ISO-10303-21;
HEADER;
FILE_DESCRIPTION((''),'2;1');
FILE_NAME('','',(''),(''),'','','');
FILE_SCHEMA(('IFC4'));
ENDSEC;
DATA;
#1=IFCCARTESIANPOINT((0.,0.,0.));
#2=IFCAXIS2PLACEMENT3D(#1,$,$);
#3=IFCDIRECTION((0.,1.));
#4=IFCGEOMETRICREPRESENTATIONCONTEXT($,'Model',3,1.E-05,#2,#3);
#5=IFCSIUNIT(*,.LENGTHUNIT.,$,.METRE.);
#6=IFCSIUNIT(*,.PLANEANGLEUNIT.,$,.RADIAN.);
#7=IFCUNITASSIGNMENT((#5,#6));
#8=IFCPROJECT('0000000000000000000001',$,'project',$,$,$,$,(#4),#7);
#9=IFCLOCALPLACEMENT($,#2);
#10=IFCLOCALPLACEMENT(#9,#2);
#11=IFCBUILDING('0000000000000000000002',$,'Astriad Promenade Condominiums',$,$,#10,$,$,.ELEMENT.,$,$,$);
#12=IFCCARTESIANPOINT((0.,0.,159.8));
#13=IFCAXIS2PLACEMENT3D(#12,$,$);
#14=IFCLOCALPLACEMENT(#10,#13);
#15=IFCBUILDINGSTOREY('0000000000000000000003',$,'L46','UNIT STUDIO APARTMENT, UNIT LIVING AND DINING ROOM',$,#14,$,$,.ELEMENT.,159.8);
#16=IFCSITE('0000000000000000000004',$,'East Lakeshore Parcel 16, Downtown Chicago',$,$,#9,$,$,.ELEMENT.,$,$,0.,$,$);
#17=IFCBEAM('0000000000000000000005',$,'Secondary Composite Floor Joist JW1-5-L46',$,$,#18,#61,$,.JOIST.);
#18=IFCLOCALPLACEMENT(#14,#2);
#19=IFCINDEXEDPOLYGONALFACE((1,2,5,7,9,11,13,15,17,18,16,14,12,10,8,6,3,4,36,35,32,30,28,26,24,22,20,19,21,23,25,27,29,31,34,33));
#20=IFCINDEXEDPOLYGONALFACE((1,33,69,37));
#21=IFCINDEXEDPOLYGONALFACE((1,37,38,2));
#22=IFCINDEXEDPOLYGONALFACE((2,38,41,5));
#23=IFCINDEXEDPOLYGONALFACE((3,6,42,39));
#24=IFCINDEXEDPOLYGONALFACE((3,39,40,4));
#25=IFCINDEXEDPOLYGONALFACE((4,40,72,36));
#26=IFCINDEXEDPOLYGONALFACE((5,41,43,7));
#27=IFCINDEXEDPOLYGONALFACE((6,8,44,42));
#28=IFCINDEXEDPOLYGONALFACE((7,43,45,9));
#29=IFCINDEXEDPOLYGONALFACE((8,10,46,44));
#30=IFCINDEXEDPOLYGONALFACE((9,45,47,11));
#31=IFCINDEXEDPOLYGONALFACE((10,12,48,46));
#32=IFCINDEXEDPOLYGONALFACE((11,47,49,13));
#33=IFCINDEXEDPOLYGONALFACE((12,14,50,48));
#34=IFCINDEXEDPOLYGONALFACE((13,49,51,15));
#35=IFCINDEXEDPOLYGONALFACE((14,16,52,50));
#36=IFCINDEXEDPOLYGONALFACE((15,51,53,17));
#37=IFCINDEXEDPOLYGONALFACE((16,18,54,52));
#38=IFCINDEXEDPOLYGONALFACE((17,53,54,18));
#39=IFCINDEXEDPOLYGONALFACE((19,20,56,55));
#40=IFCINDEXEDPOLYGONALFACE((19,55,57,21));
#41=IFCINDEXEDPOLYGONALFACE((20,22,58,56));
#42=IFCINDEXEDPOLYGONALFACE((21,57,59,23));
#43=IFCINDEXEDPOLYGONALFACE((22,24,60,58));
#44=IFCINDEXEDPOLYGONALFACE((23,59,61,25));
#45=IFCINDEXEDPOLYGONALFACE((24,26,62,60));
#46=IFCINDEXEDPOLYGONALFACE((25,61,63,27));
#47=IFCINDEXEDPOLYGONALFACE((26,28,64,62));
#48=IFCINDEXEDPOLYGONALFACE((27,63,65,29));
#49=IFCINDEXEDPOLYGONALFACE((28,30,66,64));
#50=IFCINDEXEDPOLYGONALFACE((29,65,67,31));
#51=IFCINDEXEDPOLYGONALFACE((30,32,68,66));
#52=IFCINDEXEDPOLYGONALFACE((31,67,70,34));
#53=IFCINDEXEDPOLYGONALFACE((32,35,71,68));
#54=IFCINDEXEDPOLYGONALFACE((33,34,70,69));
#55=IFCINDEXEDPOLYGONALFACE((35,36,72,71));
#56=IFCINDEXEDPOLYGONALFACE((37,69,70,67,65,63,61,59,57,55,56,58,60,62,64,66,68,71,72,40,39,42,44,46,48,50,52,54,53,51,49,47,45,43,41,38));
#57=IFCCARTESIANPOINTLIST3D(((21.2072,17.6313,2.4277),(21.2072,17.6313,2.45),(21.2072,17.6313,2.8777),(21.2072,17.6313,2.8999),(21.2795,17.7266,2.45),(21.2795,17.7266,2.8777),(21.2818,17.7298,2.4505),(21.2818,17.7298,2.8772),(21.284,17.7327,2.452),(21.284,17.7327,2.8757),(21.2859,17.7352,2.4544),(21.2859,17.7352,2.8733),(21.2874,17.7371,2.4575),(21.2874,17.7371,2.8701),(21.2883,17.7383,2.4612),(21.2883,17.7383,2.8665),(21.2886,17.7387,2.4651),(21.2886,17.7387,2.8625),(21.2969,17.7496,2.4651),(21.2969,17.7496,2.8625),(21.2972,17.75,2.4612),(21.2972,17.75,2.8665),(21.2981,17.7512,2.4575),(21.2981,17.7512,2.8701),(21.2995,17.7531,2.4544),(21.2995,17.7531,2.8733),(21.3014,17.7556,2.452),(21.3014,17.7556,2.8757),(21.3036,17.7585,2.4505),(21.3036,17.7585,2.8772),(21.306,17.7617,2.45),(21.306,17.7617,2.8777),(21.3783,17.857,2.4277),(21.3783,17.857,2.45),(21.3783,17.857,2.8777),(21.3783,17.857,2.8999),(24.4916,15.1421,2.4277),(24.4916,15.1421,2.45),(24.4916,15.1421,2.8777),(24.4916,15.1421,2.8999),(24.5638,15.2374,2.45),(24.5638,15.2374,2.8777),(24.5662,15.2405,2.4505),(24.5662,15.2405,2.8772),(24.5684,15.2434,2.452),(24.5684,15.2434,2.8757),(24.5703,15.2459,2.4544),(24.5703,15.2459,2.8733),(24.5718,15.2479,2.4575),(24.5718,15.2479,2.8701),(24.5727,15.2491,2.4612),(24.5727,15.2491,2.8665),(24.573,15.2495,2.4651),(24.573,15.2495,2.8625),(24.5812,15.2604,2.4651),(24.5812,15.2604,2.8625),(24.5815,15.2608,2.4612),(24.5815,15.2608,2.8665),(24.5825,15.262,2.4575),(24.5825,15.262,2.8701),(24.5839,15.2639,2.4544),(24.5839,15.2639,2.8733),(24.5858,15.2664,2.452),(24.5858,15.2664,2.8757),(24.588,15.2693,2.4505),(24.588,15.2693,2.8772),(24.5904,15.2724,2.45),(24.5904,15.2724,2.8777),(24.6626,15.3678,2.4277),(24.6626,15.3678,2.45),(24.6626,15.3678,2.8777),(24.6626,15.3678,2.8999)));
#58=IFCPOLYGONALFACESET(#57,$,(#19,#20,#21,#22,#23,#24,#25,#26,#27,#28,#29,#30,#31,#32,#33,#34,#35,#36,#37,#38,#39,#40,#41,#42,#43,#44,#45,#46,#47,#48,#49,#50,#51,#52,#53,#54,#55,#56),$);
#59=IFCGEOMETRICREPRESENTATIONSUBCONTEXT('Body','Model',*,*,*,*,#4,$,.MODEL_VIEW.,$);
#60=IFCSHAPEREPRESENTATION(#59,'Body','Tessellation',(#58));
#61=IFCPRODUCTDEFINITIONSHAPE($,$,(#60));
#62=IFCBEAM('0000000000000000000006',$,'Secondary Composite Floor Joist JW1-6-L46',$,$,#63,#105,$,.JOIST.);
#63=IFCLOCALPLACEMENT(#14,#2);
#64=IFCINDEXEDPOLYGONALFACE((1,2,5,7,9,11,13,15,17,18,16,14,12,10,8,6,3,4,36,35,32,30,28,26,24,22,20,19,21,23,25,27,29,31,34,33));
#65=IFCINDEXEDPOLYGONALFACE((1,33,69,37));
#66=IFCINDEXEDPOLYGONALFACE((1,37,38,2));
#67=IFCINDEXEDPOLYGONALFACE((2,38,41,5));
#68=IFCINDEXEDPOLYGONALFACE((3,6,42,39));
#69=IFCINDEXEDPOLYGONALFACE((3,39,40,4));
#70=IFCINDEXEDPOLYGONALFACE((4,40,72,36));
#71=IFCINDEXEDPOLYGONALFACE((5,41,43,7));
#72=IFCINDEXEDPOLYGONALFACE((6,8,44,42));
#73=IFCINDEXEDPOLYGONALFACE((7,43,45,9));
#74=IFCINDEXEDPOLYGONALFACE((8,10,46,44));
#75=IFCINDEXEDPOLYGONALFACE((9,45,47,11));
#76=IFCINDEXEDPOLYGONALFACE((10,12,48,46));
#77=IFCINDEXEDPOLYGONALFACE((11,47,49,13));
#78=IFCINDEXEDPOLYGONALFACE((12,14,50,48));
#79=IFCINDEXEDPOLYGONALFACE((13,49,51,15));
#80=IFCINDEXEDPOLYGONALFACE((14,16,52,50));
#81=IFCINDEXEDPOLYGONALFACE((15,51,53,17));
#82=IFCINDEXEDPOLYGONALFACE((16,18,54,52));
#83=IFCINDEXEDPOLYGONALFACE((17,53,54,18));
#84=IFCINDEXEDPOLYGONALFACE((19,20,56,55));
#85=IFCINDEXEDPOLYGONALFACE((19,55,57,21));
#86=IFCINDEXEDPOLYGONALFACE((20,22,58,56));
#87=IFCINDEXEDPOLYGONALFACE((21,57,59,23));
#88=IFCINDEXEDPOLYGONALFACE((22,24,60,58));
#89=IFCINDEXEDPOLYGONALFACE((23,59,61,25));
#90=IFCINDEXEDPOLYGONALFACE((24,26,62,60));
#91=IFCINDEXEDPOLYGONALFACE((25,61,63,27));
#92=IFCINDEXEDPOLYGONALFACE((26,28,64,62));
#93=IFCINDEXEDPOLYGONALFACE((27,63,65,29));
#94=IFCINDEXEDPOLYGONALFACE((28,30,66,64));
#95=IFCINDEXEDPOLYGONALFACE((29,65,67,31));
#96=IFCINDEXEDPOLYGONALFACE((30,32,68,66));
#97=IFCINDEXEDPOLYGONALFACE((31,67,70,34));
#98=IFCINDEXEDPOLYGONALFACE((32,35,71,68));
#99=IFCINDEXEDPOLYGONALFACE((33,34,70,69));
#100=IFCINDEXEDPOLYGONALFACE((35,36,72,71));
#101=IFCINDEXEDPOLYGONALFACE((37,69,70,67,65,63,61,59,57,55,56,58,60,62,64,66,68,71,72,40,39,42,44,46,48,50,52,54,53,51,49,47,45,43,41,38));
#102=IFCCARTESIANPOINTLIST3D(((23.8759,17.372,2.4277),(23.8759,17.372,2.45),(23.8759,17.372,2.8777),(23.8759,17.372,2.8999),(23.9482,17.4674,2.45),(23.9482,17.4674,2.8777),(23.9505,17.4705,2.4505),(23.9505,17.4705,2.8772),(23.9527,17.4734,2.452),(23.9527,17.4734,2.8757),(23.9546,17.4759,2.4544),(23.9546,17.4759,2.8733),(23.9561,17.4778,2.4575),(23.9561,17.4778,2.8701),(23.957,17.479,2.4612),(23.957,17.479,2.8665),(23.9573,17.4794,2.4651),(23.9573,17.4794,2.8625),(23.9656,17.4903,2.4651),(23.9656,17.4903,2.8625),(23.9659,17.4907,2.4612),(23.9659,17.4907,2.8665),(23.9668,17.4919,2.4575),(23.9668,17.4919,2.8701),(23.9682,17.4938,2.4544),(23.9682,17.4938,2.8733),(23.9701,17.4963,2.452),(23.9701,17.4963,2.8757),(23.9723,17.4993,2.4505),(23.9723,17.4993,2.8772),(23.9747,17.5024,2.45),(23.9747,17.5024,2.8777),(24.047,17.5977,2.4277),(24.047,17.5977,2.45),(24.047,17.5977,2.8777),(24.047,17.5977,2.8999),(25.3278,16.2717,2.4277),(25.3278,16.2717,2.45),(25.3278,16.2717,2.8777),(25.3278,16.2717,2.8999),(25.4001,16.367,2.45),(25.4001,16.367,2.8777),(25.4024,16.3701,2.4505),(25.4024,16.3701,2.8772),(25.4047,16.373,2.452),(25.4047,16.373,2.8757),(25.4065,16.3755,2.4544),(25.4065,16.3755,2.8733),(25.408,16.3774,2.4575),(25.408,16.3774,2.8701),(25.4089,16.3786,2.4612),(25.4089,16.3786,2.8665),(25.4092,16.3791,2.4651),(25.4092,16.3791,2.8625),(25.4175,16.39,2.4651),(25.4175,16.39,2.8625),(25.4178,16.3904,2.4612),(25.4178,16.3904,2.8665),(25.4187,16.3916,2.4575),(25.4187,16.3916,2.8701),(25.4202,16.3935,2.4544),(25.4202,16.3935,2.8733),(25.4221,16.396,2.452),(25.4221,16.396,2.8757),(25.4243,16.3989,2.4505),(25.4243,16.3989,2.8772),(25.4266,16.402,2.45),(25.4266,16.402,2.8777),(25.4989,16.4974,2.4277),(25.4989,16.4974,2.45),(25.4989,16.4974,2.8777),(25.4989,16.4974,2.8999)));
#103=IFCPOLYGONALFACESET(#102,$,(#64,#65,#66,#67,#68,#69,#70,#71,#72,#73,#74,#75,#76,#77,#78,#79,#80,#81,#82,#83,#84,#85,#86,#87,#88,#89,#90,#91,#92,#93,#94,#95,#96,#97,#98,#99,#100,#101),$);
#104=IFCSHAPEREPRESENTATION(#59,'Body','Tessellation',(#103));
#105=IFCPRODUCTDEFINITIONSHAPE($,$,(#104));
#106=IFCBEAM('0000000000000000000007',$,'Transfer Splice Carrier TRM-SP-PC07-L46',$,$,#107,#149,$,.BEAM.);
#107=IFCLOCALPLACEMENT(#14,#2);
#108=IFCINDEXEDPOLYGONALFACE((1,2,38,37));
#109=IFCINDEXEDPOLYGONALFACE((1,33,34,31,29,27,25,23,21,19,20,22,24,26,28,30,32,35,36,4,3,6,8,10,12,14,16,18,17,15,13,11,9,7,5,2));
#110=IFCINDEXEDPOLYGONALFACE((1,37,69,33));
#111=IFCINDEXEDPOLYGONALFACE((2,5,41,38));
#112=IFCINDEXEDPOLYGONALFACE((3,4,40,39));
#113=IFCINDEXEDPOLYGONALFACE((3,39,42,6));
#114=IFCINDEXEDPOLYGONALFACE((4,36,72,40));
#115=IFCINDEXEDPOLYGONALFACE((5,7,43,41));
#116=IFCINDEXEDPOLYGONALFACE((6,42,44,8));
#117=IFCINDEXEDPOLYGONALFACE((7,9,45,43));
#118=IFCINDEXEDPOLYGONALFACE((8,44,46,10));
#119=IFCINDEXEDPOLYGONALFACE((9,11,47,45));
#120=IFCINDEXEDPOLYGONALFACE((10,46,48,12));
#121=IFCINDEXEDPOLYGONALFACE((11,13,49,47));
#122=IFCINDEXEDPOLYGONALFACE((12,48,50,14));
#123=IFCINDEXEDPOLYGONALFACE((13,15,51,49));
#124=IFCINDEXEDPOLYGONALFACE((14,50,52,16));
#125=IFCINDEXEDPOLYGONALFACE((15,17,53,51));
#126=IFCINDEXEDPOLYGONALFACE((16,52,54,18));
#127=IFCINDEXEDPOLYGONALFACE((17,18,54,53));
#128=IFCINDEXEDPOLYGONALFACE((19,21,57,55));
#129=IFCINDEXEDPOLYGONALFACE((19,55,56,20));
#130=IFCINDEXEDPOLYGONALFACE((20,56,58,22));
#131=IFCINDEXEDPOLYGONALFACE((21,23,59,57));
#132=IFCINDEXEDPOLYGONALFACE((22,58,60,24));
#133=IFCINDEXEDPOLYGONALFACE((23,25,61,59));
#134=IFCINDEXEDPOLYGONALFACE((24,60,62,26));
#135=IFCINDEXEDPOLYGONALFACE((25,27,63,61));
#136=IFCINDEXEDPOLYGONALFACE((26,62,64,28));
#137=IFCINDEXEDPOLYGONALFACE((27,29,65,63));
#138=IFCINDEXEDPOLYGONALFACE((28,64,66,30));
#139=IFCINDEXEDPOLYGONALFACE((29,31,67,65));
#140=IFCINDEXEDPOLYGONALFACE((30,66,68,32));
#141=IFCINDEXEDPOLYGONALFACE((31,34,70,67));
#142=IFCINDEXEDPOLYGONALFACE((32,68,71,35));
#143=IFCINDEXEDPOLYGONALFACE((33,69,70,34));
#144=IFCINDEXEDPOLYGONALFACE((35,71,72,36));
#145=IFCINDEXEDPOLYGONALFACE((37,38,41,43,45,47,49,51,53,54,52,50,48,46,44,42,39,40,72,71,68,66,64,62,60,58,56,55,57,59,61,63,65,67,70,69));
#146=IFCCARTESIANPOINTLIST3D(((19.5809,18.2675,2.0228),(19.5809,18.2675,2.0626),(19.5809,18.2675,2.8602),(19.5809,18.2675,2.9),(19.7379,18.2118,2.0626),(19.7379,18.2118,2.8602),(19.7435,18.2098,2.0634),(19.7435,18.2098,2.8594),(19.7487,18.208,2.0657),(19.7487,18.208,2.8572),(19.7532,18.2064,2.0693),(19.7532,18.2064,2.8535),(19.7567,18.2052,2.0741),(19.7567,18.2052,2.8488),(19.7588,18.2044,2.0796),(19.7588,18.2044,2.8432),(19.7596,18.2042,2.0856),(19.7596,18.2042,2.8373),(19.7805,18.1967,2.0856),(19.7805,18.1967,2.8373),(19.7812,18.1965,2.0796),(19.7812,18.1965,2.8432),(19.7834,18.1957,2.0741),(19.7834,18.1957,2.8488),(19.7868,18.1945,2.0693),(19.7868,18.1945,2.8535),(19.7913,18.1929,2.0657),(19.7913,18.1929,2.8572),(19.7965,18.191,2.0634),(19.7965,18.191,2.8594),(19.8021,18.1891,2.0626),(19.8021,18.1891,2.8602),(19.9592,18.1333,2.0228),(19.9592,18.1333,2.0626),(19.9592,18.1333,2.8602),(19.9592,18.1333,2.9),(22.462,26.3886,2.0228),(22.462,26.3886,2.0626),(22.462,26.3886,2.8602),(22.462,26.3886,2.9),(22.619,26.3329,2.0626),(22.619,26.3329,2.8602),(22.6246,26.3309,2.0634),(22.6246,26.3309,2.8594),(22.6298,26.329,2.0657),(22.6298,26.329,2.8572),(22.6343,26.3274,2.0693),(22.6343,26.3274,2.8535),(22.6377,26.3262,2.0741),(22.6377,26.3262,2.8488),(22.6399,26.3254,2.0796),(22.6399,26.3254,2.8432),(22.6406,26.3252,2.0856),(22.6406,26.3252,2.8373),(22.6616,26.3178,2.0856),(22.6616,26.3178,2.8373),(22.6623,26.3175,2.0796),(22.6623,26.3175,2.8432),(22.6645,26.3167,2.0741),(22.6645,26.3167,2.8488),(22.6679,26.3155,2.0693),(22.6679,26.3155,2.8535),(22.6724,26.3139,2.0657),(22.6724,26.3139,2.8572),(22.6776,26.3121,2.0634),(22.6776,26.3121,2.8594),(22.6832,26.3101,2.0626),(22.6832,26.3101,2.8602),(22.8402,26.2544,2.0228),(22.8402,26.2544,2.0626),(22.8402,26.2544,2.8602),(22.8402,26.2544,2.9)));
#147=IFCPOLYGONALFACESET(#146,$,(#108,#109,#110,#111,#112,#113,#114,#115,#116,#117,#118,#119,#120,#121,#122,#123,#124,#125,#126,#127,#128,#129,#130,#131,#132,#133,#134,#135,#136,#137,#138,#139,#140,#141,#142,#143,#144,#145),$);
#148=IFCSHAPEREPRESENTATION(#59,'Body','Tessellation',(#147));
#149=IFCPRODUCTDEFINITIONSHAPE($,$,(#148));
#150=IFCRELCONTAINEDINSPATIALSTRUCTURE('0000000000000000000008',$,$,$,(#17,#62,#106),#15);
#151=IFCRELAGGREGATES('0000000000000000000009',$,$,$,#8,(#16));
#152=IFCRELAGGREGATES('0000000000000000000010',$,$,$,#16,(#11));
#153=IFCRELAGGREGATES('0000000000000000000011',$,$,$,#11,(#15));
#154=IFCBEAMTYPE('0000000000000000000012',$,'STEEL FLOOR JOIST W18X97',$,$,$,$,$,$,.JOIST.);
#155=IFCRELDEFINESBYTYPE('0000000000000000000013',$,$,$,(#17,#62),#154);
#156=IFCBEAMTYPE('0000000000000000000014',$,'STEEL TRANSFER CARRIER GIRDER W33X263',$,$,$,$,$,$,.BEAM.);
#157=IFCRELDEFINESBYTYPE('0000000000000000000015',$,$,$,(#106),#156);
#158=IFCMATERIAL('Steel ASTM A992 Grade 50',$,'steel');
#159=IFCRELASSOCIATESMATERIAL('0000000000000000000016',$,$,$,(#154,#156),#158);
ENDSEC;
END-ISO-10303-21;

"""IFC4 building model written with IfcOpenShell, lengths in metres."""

from ifc_helpers import new_model, si_unit, direction, frame, origin, origin_2d, place, context, subcontext, project, spatial, i_section, extrude, source, transform, mapped, material, material_profile, profile_set, type_object, type_shapes, element, save


model = new_model("IFC4")

# Units and contexts
model_context = context("Model", 3, precision=1e-05, world=origin(), true_north=direction((0.0, 1.0)))
body_context = subcontext(model_context, "Body", "Model", "MODEL_VIEW")
ifc_project = project(units=[si_unit("LENGTHUNIT", "METRE"), si_unit("PLANEANGLEUNIT", "RADIAN")], contexts=[model_context])

# Site, building, storey
site_placement = place(None, origin())
site = spatial("IfcSite", under=ifc_project, at=site_placement, Name="East Lakeshore Parcel 16, Downtown Chicago", CompositionType="ELEMENT", RefElevation=0.0)
building_placement = place(site_placement, origin())
building = spatial("IfcBuilding", under=site, at=building_placement, Name="Astriad Promenade Condominiums", CompositionType="ELEMENT")
storey_placement = place(building_placement, frame((0.0, 0.0, 159.8)))
storey = spatial("IfcBuildingStorey", under=building, at=storey_placement, Name="L46", Description="UNIT STUDIO APARTMENT, UNIT LIVING AND DINING ROOM", CompositionType="ELEMENT", Elevation=159.8)

# Shared definitions
ifc_material_1 = material(Name="Steel ASTM A992 Grade 50", Category="steel")

# Beams
ifc_material_profile_1 = material_profile(ifc_material_1, i_section(OverallWidth=0.2832, OverallDepth=0.4722, WebThickness=0.0137, FlangeThickness=0.0222, FilletRadius=0.0151, at=origin_2d()), Name="W18X97")
ifc_profile_set_1 = profile_set([ifc_material_profile_1], Name="Steel ASTM A992 Grade 50")
beam_type_1 = type_object("IfcBeamType", Name="STEEL FLOOR JOIST W18X97", PredefinedType="JOIST", material=ifc_profile_set_1)
shared_shape_1 = source(origin(), body_context, "Body", "SweptSolid", [
    extrude(i_section(OverallWidth=0.2832, OverallDepth=0.4722, WebThickness=0.0137, FlangeThickness=0.0222, FilletRadius=0.0151, at=origin_2d()), origin(), (0.0, 0.0, 1.0), 4.1211),
])
beam_1_placement = place(storey_placement, frame((21.2927, 17.7441, 2.6638), z_axis=(0.796969, -0.604021, 0.0), x_axis=(0.604021, 0.796969, 0.0)))
element("IfcBeam", 1, at=beam_1_placement, inside=storey, type_object=beam_type_1, Name="Secondary Composite Floor Joist JW1-5-L46", PredefinedType="JOIST", context=body_context, shape_type="MappedRepresentation", body=[
    mapped(shared_shape_1, transform((0.0, 0.0, 0.0), scale=1.0)),
])
shared_shape_2 = source(origin(), body_context, "Body", "SweptSolid", [
    extrude(i_section(OverallWidth=0.2832, OverallDepth=0.4722, WebThickness=0.0137, FlangeThickness=0.0222, FilletRadius=0.0151, at=origin_2d()), origin(), (0.0, 0.0, 1.0), 1.8218),
])
type_shapes(beam_type_1, [shared_shape_1, shared_shape_2])
beam_2_placement = place(storey_placement, frame((23.9614, 17.4849, 2.6638), z_axis=(0.796983, -0.604002, 0.0), x_axis=(0.604002, 0.796983, 0.0)))
element("IfcBeam", 2, at=beam_2_placement, inside=storey, type_object=beam_type_1, Name="Secondary Composite Floor Joist JW1-6-L46", PredefinedType="JOIST", context=body_context, shape_type="MappedRepresentation", body=[
    mapped(shared_shape_2, transform((0.0, 0.0, 0.0), scale=1.0)),
])
ifc_material_profile_2 = material_profile(ifc_material_1, i_section(OverallWidth=0.4014, OverallDepth=0.8772, WebThickness=0.0222, FlangeThickness=0.0398, FilletRadius=0.0229, at=origin_2d()), Name="W33X263")
ifc_profile_set_2 = profile_set([ifc_material_profile_2], Name="Steel ASTM A992 Grade 50")
beam_type_2 = type_object("IfcBeamType", Name="STEEL TRANSFER CARRIER GIRDER W33X263", PredefinedType="BEAM", material=ifc_profile_set_2)
shared_shape_3 = source(origin(), body_context, "Body", "SweptSolid", [
    extrude(i_section(OverallWidth=0.4014, OverallDepth=0.8772, WebThickness=0.0222, FlangeThickness=0.0398, FilletRadius=0.0229, at=origin_2d()), origin(), (0.0, 0.0, 1.0), 8.6169),
])
type_shapes(beam_type_2, [shared_shape_3])
beam_3_placement = place(storey_placement, frame((19.77, 18.2004, 2.4614), z_axis=(0.334351, 0.942449, 0.0), x_axis=(-0.942449, 0.334351, 0.0)))
element("IfcBeam", 3, at=beam_3_placement, inside=storey, type_object=beam_type_2, Name="Transfer Splice Carrier TRM-SP-PC07-L46", PredefinedType="BEAM", context=body_context, shape_type="MappedRepresentation", body=[
    mapped(shared_shape_3, transform((0.0, 0.0, 0.0), scale=1.0)),
])

save(model, "model.ifc")
